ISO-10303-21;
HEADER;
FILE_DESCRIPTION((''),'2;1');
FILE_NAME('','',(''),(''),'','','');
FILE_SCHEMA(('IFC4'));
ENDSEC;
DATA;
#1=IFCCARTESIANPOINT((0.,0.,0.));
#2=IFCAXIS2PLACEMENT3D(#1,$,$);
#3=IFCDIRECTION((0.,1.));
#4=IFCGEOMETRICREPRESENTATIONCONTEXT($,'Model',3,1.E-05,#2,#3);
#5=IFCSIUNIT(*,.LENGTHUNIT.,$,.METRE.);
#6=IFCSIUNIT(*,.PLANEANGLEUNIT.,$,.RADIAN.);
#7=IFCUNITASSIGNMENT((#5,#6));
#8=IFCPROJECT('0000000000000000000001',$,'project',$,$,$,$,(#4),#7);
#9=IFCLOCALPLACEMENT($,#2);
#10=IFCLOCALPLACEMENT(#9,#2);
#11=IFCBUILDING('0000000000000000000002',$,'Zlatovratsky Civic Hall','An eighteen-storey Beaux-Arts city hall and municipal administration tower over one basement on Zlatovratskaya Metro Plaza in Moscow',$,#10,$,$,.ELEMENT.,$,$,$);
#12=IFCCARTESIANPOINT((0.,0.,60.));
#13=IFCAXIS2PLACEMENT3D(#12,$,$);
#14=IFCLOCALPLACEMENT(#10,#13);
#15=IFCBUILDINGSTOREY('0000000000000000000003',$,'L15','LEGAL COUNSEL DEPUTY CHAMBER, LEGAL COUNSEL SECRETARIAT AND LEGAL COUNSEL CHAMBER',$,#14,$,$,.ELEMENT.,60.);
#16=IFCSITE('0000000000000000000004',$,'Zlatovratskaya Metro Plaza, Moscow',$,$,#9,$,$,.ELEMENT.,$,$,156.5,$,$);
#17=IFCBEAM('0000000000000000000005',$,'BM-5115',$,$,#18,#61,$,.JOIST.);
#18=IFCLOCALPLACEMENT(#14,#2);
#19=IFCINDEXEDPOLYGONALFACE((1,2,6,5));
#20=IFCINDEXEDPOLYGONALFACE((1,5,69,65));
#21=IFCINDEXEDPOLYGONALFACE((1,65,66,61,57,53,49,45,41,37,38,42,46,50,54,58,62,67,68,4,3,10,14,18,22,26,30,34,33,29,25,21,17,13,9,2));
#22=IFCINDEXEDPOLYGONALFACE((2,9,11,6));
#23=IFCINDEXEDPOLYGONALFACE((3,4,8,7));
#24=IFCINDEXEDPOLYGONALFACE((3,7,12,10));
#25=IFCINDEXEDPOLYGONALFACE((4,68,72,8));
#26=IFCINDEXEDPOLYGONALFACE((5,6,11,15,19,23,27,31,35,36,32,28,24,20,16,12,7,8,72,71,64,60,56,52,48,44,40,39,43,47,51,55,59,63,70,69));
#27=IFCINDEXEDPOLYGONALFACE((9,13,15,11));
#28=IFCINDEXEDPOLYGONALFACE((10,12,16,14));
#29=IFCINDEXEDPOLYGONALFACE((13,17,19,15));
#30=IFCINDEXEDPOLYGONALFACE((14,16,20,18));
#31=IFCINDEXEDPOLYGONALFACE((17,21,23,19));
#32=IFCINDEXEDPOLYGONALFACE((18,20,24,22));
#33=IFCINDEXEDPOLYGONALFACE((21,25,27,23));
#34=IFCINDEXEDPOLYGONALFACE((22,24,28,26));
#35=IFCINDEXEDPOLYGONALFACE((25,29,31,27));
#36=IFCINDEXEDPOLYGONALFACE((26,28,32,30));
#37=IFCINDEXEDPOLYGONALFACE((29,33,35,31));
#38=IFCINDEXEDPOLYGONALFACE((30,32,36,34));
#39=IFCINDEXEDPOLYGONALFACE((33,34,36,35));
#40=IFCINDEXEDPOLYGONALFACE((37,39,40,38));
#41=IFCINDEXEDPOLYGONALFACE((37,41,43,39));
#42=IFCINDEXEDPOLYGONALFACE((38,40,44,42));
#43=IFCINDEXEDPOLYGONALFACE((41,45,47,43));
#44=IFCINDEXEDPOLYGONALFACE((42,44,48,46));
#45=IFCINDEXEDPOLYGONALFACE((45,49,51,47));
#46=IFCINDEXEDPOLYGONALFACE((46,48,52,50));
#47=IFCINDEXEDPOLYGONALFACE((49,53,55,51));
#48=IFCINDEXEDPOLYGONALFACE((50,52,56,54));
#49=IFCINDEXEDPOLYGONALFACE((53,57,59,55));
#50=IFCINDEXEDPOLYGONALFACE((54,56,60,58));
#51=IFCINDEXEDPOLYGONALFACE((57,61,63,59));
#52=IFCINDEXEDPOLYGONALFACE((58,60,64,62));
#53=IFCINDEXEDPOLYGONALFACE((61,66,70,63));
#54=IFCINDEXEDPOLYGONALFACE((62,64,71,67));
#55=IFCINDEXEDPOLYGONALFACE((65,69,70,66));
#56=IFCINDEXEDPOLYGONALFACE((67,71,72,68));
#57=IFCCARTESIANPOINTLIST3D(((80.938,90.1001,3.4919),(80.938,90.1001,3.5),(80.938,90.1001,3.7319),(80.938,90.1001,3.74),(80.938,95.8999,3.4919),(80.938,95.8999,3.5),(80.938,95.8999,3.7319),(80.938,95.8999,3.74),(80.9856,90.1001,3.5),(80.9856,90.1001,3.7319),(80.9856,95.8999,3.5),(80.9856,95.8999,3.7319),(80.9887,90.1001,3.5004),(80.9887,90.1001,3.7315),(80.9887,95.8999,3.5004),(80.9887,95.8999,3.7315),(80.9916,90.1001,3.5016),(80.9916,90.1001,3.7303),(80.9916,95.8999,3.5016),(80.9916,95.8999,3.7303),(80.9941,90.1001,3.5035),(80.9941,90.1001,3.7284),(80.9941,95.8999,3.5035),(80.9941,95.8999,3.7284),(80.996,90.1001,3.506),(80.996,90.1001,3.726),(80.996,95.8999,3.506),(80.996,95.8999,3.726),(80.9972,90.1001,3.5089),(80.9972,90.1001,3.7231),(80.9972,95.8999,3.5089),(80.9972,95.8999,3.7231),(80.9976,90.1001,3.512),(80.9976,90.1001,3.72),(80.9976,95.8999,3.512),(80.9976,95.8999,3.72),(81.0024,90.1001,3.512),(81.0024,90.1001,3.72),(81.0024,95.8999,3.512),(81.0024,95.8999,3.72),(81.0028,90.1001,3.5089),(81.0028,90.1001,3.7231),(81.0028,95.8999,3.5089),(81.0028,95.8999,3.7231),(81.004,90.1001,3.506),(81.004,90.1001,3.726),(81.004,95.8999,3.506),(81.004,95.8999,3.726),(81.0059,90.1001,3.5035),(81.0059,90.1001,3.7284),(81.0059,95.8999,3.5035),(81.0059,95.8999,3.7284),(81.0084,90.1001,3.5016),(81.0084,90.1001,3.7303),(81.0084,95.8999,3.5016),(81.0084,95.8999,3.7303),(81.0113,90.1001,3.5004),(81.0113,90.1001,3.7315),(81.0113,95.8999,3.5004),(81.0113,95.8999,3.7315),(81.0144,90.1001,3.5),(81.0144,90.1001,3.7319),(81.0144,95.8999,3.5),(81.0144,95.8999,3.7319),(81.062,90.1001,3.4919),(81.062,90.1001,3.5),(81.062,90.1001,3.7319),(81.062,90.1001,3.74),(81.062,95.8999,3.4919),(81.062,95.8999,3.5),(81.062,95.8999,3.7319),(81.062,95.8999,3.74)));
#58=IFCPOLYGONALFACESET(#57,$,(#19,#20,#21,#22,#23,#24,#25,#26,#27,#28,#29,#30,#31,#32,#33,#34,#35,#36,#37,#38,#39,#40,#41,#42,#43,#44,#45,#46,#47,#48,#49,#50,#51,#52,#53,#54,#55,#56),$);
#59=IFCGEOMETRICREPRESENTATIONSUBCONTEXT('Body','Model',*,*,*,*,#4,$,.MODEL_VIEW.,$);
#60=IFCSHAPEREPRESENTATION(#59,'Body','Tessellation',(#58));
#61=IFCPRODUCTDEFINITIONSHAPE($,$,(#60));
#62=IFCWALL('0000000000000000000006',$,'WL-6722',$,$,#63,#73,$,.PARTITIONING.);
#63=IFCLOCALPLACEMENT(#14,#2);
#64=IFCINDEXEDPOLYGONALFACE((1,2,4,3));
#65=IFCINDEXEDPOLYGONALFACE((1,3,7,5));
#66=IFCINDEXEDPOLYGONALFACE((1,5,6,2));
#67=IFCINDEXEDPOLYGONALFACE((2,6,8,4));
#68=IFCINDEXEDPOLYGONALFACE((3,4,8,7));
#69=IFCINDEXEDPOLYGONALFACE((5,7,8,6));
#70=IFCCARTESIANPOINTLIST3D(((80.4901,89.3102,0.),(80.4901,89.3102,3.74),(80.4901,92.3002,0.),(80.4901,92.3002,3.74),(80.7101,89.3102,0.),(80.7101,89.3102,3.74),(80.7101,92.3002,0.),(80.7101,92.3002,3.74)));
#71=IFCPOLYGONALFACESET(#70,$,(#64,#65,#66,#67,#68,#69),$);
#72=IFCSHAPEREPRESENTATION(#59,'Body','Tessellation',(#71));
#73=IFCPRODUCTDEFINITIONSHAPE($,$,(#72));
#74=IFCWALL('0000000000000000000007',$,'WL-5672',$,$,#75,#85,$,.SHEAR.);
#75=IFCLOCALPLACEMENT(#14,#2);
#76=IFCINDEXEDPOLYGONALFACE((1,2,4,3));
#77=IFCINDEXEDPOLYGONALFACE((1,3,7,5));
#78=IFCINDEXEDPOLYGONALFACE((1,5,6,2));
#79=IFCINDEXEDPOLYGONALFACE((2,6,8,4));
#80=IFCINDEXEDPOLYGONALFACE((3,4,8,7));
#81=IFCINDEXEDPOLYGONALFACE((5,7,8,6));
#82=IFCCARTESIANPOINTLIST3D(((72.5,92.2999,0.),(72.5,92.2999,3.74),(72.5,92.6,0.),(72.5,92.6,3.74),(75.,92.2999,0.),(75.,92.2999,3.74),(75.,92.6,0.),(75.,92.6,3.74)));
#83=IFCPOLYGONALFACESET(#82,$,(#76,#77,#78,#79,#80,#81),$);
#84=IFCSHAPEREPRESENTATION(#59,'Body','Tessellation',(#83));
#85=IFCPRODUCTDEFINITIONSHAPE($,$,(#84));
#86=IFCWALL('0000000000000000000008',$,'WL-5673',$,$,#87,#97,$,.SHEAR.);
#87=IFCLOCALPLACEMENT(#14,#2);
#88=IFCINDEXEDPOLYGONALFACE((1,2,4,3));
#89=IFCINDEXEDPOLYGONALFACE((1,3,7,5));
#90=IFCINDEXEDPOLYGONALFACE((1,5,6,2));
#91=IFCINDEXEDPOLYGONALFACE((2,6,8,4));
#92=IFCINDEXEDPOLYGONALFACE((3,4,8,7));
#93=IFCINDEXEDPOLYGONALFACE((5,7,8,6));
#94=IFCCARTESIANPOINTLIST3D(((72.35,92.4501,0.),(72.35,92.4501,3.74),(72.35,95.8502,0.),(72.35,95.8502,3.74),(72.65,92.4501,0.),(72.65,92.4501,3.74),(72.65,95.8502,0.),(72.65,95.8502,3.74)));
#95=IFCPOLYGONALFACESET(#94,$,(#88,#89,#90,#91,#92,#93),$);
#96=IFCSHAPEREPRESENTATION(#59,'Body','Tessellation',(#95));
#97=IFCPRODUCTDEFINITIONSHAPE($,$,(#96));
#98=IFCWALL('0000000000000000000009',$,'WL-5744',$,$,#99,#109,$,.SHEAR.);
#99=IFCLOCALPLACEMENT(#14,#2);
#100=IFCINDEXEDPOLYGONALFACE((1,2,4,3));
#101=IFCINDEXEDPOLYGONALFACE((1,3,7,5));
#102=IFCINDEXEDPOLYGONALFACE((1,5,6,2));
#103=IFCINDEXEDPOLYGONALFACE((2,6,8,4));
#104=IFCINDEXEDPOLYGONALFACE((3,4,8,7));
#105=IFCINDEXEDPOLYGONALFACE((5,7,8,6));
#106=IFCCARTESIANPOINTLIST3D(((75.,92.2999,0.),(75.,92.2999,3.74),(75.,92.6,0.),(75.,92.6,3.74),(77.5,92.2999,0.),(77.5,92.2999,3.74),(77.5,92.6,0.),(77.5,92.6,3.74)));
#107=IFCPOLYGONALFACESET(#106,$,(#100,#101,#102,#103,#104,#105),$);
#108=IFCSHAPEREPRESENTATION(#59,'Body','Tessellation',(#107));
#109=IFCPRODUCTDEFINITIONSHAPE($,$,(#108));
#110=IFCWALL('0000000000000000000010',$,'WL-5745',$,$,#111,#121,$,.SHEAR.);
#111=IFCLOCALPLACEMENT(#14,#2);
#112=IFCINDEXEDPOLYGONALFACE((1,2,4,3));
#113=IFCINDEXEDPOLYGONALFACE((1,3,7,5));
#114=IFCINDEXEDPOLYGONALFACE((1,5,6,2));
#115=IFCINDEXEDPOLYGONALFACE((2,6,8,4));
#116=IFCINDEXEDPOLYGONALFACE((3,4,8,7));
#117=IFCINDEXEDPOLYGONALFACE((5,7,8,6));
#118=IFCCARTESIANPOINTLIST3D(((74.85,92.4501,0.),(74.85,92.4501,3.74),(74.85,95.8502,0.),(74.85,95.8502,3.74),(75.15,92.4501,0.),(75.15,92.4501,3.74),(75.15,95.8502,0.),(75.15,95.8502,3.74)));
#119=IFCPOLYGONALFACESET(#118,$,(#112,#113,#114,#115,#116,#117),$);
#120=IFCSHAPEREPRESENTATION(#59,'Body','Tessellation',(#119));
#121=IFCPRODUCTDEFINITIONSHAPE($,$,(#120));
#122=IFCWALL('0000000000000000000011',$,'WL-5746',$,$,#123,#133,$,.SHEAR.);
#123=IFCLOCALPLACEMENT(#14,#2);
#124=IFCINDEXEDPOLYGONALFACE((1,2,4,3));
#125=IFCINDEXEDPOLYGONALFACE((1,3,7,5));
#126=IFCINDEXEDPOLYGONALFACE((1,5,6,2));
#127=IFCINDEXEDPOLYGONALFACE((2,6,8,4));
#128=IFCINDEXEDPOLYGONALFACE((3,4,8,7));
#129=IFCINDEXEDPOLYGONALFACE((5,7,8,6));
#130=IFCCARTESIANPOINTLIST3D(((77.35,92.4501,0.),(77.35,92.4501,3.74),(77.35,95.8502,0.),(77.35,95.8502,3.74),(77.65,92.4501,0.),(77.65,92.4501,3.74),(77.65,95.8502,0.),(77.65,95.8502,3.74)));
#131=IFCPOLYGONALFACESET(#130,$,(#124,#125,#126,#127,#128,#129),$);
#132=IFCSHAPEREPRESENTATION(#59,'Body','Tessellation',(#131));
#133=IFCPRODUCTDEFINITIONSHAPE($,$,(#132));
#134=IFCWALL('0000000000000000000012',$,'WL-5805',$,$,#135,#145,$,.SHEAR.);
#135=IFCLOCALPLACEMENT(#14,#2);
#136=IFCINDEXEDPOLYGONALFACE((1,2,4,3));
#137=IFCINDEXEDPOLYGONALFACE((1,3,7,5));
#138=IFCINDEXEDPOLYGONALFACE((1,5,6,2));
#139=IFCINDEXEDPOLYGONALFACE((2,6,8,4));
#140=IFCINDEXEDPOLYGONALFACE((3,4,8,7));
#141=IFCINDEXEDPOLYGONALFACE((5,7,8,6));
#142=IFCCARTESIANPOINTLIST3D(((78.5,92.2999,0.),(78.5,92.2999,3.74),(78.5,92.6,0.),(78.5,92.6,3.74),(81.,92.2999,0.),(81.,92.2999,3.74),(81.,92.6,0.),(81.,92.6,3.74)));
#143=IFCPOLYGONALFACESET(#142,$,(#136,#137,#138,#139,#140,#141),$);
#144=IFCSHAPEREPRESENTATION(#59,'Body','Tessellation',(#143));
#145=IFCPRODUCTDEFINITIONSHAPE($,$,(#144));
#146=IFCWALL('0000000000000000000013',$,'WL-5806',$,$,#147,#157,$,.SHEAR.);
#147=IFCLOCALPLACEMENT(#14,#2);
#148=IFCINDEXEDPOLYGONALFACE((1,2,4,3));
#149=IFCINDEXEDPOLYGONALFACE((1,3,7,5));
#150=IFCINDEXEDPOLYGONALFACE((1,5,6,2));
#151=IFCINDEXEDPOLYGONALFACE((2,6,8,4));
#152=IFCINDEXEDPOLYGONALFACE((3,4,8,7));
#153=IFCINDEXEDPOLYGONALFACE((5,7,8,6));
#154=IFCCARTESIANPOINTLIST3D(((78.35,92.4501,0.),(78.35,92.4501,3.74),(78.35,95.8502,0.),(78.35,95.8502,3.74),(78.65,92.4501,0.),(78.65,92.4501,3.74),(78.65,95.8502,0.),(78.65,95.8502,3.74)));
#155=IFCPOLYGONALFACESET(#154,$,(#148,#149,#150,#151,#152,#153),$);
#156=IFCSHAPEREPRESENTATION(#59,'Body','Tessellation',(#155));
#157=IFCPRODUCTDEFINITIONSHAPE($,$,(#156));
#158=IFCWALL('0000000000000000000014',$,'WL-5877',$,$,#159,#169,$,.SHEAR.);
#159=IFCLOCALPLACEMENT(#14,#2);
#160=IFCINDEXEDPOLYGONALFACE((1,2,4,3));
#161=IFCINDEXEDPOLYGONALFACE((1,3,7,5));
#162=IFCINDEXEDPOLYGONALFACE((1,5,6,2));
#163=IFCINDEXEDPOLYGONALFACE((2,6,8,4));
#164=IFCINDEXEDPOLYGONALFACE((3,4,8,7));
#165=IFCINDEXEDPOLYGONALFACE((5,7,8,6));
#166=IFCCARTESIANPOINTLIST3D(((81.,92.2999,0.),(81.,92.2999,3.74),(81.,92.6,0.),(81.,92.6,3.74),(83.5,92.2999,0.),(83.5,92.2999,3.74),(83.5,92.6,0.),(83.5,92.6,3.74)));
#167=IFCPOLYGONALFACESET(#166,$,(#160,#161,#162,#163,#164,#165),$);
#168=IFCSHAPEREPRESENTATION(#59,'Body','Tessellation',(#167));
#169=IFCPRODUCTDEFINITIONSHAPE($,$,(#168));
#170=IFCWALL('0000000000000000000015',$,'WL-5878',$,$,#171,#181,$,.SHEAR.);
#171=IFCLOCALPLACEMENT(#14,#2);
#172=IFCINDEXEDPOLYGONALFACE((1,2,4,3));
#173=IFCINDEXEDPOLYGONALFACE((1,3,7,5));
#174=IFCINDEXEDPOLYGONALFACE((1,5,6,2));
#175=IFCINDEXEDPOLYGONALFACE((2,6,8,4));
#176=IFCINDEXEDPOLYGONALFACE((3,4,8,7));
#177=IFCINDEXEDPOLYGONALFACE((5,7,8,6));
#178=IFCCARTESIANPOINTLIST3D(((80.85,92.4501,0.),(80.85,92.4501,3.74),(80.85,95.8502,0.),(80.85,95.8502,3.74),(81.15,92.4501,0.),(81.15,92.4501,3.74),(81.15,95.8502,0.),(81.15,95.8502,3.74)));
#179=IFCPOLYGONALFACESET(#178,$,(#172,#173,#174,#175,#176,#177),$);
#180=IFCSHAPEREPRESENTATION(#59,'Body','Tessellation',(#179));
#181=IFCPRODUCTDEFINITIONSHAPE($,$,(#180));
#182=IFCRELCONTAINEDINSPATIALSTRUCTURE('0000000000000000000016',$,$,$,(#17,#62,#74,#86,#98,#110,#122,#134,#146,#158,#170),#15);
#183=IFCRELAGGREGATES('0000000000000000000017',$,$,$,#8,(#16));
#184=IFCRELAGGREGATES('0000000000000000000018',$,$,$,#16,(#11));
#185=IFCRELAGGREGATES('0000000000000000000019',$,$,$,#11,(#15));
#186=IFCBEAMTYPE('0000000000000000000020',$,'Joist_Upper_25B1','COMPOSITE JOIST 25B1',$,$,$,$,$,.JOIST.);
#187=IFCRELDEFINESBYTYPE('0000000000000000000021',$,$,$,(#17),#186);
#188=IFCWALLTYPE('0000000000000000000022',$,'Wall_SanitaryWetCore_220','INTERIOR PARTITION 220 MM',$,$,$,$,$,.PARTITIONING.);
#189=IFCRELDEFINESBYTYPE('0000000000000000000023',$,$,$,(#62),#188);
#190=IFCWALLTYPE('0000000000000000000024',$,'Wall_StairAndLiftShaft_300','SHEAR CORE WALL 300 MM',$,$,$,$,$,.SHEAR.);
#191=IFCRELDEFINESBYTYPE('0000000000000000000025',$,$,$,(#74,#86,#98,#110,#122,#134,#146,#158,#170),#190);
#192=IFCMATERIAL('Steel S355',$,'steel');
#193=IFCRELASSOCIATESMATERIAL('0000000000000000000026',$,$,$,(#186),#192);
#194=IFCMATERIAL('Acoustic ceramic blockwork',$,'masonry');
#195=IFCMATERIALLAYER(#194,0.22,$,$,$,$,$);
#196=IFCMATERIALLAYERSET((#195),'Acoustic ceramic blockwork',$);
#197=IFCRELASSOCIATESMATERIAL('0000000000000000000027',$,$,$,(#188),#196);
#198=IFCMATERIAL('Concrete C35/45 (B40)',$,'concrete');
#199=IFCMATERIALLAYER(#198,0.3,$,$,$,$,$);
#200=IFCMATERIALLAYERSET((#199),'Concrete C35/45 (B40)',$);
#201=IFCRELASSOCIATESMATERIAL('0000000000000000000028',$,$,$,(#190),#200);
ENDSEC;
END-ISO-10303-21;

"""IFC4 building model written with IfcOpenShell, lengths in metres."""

from ifc_helpers import new_model, si_unit, direction, frame, frame_2d, origin, origin_2d, place, context, subcontext, project, spatial, rectangle, i_section, extrude, material, layer, layer_set, material_profile, profile_set, type_object, element, save


model = new_model("IFC4")

# Units and contexts
model_context = context("Model", 3, precision=1e-05, world=origin(), true_north=direction((0.0, 1.0)))
body_context = subcontext(model_context, "Body", "Model", "MODEL_VIEW")
ifc_project = project(units=[si_unit("LENGTHUNIT", "METRE"), si_unit("PLANEANGLEUNIT", "RADIAN")], contexts=[model_context])

# Site, building, storey
site_placement = place(None, origin())
site = spatial("IfcSite", under=ifc_project, at=site_placement, Name="Zlatovratskaya Metro Plaza, Moscow", CompositionType="ELEMENT", RefElevation=156.5)
building_placement = place(site_placement, origin())
building = spatial("IfcBuilding", under=site, at=building_placement, Name="Zlatovratsky Civic Hall", Description="An eighteen-storey Beaux-Arts city hall and municipal administration tower over one basement on Zlatovratskaya Metro Plaza in Moscow", CompositionType="ELEMENT")
storey_placement = place(building_placement, frame((0.0, 0.0, 60.0)))
storey = spatial("IfcBuildingStorey", under=building, at=storey_placement, Name="L15", Description="LEGAL COUNSEL DEPUTY CHAMBER, LEGAL COUNSEL SECRETARIAT AND LEGAL COUNSEL CHAMBER", CompositionType="ELEMENT", Elevation=60.0)

# Shared definitions
ifc_material_1 = material(Name="Concrete C35/45 (B40)", Category="concrete")

# Beam
ifc_material_2 = material(Name="Steel S355", Category="steel")
ifc_material_profile_1 = material_profile(ifc_material_2, i_section(OverallWidth=0.124, OverallDepth=0.248, WebThickness=0.0049, FlangeThickness=0.0081, FilletRadius=0.012, at=origin_2d()), Name="25B1")
ifc_profile_set_1 = profile_set([ifc_material_profile_1], Name="Steel S355")
beam_type_1 = type_object("IfcBeamType", Name="Joist_Upper_25B1", Description="COMPOSITE JOIST 25B1", PredefinedType="JOIST", material=ifc_profile_set_1)
beam_1_placement = place(storey_placement, frame((81.0, 90.1001, 3.616), z_axis=(0.0, 1.0, 0.0), x_axis=(-1.0, 0.0, 0.0)))
element("IfcBeam", 1, at=beam_1_placement, inside=storey, type_object=beam_type_1, Name="BM-5115", PredefinedType="JOIST", context=body_context, shape_type="SweptSolid", body=[
    extrude(i_section(OverallWidth=0.124, OverallDepth=0.248, WebThickness=0.0049, FlangeThickness=0.0081, FilletRadius=0.012, at=origin_2d()), origin(), (0.0, 0.0, 1.0), 5.7998),
])

# Wall
ifc_material_3 = material(Name="Acoustic ceramic blockwork", Category="masonry")
ifc_layer_1 = layer(ifc_material_3, 0.22)
ifc_layer_set_1 = layer_set([ifc_layer_1], Name="Acoustic ceramic blockwork")
wall_type_1 = type_object("IfcWallType", Name="Wall_SanitaryWetCore_220", Description="INTERIOR PARTITION 220 MM", PredefinedType="PARTITIONING", material=ifc_layer_set_1)
wall_1_placement = place(storey_placement, frame((80.6001, 89.3101, 0.0), z_axis=(0.0, 0.0, 1.0), x_axis=(0.0, 1.0, 0.0)))
element("IfcWall", 2, at=wall_1_placement, inside=storey, type_object=wall_type_1, Name="WL-6722", PredefinedType="PARTITIONING", context=body_context, shape_type="SweptSolid", body=[
    extrude(rectangle(XDim=2.99, YDim=0.22, at=frame_2d((1.4951, 0.0))), origin(), (0.0, 0.0, 1.0), 3.74),
])

# Shared definitions
ifc_layer_2 = layer(ifc_material_1, 0.3)
ifc_layer_set_2 = layer_set([ifc_layer_2], Name="Concrete C35/45 (B40)")
wall_type_2 = type_object("IfcWallType", Name="Wall_StairAndLiftShaft_300", Description="SHEAR CORE WALL 300 MM", PredefinedType="SHEAR", material=ifc_layer_set_2)

# Walls
wall_2_placement = place(storey_placement, frame((72.5, 92.45, 0.0), z_axis=(0.0, 0.0, 1.0), x_axis=(1.0, 0.0, 0.0)))
element("IfcWall", 3, at=wall_2_placement, inside=storey, type_object=wall_type_2, Name="WL-5672", PredefinedType="SHEAR", context=body_context, shape_type="SweptSolid", body=[
    extrude(rectangle(XDim=2.5, YDim=0.3, at=frame_2d((1.25, 0.0))), origin(), (0.0, 0.0, 1.0), 3.74),
])
wall_3_placement = place(storey_placement, frame((72.5, 92.45, 0.0), z_axis=(0.0, 0.0, 1.0), x_axis=(0.0, 1.0, 0.0)))
element("IfcWall", 4, at=wall_3_placement, inside=storey, type_object=wall_type_2, Name="WL-5673", PredefinedType="SHEAR", context=body_context, shape_type="SweptSolid", body=[
    extrude(rectangle(XDim=3.4001, YDim=0.3, at=frame_2d((1.7002, 0.0))), origin(), (0.0, 0.0, 1.0), 3.74),
])

# Walls
wall_4_placement = place(storey_placement, frame((75.0, 92.45, 0.0), z_axis=(0.0, 0.0, 1.0), x_axis=(1.0, 0.0, 0.0)))
element("IfcWall", 5, at=wall_4_placement, inside=storey, type_object=wall_type_2, Name="WL-5744", PredefinedType="SHEAR", context=body_context, shape_type="SweptSolid", body=[
    extrude(rectangle(XDim=2.5, YDim=0.3, at=frame_2d((1.25, 0.0))), origin(), (0.0, 0.0, 1.0), 3.74),
])
for number, where, z_axis, x_axis, name in (
    (6, (75.0, 92.45, 0.0), (0.0, 0.0, 1.0), (0.0, 1.0, 0.0), "WL-5745"),
    (7, (77.5, 92.45, 0.0), (0.0, 0.0, 1.0), (0.0, 1.0, 0.0), "WL-5746"),
):
    element("IfcWall", number, at=place(storey_placement, frame(where, z_axis=z_axis, x_axis=x_axis)), inside=storey, type_object=wall_type_2, Name=name, PredefinedType="SHEAR", context=body_context, shape_type="SweptSolid", body=[
        extrude(rectangle(XDim=3.4001, YDim=0.3, at=frame_2d((1.7002, 0.0))), origin(), (0.0, 0.0, 1.0), 3.74),
    ])

# Walls
wall_5_placement = place(storey_placement, frame((78.5, 92.45, 0.0), z_axis=(0.0, 0.0, 1.0), x_axis=(1.0, 0.0, 0.0)))
element("IfcWall", 8, at=wall_5_placement, inside=storey, type_object=wall_type_2, Name="WL-5805", PredefinedType="SHEAR", context=body_context, shape_type="SweptSolid", body=[
    extrude(rectangle(XDim=2.5, YDim=0.3, at=frame_2d((1.25, 0.0))), origin(), (0.0, 0.0, 1.0), 3.74),
])
wall_6_placement = place(storey_placement, frame((78.5, 92.45, 0.0), z_axis=(0.0, 0.0, 1.0), x_axis=(0.0, 1.0, 0.0)))
element("IfcWall", 9, at=wall_6_placement, inside=storey, type_object=wall_type_2, Name="WL-5806", PredefinedType="SHEAR", context=body_context, shape_type="SweptSolid", body=[
    extrude(rectangle(XDim=3.4001, YDim=0.3, at=frame_2d((1.7002, 0.0))), origin(), (0.0, 0.0, 1.0), 3.74),
])

# Walls
wall_7_placement = place(storey_placement, frame((81.0, 92.45, 0.0), z_axis=(0.0, 0.0, 1.0), x_axis=(1.0, 0.0, 0.0)))
element("IfcWall", 10, at=wall_7_placement, inside=storey, type_object=wall_type_2, Name="WL-5877", PredefinedType="SHEAR", context=body_context, shape_type="SweptSolid", body=[
    extrude(rectangle(XDim=2.5, YDim=0.3, at=frame_2d((1.25, 0.0))), origin(), (0.0, 0.0, 1.0), 3.74),
])
wall_8_placement = place(storey_placement, frame((81.0, 92.45, 0.0), z_axis=(0.0, 0.0, 1.0), x_axis=(0.0, 1.0, 0.0)))
element("IfcWall", 11, at=wall_8_placement, inside=storey, type_object=wall_type_2, Name="WL-5878", PredefinedType="SHEAR", context=body_context, shape_type="SweptSolid", body=[
    extrude(rectangle(XDim=3.4001, YDim=0.3, at=frame_2d((1.7002, 0.0))), origin(), (0.0, 0.0, 1.0), 3.74),
])

save(model, "model.ifc")
